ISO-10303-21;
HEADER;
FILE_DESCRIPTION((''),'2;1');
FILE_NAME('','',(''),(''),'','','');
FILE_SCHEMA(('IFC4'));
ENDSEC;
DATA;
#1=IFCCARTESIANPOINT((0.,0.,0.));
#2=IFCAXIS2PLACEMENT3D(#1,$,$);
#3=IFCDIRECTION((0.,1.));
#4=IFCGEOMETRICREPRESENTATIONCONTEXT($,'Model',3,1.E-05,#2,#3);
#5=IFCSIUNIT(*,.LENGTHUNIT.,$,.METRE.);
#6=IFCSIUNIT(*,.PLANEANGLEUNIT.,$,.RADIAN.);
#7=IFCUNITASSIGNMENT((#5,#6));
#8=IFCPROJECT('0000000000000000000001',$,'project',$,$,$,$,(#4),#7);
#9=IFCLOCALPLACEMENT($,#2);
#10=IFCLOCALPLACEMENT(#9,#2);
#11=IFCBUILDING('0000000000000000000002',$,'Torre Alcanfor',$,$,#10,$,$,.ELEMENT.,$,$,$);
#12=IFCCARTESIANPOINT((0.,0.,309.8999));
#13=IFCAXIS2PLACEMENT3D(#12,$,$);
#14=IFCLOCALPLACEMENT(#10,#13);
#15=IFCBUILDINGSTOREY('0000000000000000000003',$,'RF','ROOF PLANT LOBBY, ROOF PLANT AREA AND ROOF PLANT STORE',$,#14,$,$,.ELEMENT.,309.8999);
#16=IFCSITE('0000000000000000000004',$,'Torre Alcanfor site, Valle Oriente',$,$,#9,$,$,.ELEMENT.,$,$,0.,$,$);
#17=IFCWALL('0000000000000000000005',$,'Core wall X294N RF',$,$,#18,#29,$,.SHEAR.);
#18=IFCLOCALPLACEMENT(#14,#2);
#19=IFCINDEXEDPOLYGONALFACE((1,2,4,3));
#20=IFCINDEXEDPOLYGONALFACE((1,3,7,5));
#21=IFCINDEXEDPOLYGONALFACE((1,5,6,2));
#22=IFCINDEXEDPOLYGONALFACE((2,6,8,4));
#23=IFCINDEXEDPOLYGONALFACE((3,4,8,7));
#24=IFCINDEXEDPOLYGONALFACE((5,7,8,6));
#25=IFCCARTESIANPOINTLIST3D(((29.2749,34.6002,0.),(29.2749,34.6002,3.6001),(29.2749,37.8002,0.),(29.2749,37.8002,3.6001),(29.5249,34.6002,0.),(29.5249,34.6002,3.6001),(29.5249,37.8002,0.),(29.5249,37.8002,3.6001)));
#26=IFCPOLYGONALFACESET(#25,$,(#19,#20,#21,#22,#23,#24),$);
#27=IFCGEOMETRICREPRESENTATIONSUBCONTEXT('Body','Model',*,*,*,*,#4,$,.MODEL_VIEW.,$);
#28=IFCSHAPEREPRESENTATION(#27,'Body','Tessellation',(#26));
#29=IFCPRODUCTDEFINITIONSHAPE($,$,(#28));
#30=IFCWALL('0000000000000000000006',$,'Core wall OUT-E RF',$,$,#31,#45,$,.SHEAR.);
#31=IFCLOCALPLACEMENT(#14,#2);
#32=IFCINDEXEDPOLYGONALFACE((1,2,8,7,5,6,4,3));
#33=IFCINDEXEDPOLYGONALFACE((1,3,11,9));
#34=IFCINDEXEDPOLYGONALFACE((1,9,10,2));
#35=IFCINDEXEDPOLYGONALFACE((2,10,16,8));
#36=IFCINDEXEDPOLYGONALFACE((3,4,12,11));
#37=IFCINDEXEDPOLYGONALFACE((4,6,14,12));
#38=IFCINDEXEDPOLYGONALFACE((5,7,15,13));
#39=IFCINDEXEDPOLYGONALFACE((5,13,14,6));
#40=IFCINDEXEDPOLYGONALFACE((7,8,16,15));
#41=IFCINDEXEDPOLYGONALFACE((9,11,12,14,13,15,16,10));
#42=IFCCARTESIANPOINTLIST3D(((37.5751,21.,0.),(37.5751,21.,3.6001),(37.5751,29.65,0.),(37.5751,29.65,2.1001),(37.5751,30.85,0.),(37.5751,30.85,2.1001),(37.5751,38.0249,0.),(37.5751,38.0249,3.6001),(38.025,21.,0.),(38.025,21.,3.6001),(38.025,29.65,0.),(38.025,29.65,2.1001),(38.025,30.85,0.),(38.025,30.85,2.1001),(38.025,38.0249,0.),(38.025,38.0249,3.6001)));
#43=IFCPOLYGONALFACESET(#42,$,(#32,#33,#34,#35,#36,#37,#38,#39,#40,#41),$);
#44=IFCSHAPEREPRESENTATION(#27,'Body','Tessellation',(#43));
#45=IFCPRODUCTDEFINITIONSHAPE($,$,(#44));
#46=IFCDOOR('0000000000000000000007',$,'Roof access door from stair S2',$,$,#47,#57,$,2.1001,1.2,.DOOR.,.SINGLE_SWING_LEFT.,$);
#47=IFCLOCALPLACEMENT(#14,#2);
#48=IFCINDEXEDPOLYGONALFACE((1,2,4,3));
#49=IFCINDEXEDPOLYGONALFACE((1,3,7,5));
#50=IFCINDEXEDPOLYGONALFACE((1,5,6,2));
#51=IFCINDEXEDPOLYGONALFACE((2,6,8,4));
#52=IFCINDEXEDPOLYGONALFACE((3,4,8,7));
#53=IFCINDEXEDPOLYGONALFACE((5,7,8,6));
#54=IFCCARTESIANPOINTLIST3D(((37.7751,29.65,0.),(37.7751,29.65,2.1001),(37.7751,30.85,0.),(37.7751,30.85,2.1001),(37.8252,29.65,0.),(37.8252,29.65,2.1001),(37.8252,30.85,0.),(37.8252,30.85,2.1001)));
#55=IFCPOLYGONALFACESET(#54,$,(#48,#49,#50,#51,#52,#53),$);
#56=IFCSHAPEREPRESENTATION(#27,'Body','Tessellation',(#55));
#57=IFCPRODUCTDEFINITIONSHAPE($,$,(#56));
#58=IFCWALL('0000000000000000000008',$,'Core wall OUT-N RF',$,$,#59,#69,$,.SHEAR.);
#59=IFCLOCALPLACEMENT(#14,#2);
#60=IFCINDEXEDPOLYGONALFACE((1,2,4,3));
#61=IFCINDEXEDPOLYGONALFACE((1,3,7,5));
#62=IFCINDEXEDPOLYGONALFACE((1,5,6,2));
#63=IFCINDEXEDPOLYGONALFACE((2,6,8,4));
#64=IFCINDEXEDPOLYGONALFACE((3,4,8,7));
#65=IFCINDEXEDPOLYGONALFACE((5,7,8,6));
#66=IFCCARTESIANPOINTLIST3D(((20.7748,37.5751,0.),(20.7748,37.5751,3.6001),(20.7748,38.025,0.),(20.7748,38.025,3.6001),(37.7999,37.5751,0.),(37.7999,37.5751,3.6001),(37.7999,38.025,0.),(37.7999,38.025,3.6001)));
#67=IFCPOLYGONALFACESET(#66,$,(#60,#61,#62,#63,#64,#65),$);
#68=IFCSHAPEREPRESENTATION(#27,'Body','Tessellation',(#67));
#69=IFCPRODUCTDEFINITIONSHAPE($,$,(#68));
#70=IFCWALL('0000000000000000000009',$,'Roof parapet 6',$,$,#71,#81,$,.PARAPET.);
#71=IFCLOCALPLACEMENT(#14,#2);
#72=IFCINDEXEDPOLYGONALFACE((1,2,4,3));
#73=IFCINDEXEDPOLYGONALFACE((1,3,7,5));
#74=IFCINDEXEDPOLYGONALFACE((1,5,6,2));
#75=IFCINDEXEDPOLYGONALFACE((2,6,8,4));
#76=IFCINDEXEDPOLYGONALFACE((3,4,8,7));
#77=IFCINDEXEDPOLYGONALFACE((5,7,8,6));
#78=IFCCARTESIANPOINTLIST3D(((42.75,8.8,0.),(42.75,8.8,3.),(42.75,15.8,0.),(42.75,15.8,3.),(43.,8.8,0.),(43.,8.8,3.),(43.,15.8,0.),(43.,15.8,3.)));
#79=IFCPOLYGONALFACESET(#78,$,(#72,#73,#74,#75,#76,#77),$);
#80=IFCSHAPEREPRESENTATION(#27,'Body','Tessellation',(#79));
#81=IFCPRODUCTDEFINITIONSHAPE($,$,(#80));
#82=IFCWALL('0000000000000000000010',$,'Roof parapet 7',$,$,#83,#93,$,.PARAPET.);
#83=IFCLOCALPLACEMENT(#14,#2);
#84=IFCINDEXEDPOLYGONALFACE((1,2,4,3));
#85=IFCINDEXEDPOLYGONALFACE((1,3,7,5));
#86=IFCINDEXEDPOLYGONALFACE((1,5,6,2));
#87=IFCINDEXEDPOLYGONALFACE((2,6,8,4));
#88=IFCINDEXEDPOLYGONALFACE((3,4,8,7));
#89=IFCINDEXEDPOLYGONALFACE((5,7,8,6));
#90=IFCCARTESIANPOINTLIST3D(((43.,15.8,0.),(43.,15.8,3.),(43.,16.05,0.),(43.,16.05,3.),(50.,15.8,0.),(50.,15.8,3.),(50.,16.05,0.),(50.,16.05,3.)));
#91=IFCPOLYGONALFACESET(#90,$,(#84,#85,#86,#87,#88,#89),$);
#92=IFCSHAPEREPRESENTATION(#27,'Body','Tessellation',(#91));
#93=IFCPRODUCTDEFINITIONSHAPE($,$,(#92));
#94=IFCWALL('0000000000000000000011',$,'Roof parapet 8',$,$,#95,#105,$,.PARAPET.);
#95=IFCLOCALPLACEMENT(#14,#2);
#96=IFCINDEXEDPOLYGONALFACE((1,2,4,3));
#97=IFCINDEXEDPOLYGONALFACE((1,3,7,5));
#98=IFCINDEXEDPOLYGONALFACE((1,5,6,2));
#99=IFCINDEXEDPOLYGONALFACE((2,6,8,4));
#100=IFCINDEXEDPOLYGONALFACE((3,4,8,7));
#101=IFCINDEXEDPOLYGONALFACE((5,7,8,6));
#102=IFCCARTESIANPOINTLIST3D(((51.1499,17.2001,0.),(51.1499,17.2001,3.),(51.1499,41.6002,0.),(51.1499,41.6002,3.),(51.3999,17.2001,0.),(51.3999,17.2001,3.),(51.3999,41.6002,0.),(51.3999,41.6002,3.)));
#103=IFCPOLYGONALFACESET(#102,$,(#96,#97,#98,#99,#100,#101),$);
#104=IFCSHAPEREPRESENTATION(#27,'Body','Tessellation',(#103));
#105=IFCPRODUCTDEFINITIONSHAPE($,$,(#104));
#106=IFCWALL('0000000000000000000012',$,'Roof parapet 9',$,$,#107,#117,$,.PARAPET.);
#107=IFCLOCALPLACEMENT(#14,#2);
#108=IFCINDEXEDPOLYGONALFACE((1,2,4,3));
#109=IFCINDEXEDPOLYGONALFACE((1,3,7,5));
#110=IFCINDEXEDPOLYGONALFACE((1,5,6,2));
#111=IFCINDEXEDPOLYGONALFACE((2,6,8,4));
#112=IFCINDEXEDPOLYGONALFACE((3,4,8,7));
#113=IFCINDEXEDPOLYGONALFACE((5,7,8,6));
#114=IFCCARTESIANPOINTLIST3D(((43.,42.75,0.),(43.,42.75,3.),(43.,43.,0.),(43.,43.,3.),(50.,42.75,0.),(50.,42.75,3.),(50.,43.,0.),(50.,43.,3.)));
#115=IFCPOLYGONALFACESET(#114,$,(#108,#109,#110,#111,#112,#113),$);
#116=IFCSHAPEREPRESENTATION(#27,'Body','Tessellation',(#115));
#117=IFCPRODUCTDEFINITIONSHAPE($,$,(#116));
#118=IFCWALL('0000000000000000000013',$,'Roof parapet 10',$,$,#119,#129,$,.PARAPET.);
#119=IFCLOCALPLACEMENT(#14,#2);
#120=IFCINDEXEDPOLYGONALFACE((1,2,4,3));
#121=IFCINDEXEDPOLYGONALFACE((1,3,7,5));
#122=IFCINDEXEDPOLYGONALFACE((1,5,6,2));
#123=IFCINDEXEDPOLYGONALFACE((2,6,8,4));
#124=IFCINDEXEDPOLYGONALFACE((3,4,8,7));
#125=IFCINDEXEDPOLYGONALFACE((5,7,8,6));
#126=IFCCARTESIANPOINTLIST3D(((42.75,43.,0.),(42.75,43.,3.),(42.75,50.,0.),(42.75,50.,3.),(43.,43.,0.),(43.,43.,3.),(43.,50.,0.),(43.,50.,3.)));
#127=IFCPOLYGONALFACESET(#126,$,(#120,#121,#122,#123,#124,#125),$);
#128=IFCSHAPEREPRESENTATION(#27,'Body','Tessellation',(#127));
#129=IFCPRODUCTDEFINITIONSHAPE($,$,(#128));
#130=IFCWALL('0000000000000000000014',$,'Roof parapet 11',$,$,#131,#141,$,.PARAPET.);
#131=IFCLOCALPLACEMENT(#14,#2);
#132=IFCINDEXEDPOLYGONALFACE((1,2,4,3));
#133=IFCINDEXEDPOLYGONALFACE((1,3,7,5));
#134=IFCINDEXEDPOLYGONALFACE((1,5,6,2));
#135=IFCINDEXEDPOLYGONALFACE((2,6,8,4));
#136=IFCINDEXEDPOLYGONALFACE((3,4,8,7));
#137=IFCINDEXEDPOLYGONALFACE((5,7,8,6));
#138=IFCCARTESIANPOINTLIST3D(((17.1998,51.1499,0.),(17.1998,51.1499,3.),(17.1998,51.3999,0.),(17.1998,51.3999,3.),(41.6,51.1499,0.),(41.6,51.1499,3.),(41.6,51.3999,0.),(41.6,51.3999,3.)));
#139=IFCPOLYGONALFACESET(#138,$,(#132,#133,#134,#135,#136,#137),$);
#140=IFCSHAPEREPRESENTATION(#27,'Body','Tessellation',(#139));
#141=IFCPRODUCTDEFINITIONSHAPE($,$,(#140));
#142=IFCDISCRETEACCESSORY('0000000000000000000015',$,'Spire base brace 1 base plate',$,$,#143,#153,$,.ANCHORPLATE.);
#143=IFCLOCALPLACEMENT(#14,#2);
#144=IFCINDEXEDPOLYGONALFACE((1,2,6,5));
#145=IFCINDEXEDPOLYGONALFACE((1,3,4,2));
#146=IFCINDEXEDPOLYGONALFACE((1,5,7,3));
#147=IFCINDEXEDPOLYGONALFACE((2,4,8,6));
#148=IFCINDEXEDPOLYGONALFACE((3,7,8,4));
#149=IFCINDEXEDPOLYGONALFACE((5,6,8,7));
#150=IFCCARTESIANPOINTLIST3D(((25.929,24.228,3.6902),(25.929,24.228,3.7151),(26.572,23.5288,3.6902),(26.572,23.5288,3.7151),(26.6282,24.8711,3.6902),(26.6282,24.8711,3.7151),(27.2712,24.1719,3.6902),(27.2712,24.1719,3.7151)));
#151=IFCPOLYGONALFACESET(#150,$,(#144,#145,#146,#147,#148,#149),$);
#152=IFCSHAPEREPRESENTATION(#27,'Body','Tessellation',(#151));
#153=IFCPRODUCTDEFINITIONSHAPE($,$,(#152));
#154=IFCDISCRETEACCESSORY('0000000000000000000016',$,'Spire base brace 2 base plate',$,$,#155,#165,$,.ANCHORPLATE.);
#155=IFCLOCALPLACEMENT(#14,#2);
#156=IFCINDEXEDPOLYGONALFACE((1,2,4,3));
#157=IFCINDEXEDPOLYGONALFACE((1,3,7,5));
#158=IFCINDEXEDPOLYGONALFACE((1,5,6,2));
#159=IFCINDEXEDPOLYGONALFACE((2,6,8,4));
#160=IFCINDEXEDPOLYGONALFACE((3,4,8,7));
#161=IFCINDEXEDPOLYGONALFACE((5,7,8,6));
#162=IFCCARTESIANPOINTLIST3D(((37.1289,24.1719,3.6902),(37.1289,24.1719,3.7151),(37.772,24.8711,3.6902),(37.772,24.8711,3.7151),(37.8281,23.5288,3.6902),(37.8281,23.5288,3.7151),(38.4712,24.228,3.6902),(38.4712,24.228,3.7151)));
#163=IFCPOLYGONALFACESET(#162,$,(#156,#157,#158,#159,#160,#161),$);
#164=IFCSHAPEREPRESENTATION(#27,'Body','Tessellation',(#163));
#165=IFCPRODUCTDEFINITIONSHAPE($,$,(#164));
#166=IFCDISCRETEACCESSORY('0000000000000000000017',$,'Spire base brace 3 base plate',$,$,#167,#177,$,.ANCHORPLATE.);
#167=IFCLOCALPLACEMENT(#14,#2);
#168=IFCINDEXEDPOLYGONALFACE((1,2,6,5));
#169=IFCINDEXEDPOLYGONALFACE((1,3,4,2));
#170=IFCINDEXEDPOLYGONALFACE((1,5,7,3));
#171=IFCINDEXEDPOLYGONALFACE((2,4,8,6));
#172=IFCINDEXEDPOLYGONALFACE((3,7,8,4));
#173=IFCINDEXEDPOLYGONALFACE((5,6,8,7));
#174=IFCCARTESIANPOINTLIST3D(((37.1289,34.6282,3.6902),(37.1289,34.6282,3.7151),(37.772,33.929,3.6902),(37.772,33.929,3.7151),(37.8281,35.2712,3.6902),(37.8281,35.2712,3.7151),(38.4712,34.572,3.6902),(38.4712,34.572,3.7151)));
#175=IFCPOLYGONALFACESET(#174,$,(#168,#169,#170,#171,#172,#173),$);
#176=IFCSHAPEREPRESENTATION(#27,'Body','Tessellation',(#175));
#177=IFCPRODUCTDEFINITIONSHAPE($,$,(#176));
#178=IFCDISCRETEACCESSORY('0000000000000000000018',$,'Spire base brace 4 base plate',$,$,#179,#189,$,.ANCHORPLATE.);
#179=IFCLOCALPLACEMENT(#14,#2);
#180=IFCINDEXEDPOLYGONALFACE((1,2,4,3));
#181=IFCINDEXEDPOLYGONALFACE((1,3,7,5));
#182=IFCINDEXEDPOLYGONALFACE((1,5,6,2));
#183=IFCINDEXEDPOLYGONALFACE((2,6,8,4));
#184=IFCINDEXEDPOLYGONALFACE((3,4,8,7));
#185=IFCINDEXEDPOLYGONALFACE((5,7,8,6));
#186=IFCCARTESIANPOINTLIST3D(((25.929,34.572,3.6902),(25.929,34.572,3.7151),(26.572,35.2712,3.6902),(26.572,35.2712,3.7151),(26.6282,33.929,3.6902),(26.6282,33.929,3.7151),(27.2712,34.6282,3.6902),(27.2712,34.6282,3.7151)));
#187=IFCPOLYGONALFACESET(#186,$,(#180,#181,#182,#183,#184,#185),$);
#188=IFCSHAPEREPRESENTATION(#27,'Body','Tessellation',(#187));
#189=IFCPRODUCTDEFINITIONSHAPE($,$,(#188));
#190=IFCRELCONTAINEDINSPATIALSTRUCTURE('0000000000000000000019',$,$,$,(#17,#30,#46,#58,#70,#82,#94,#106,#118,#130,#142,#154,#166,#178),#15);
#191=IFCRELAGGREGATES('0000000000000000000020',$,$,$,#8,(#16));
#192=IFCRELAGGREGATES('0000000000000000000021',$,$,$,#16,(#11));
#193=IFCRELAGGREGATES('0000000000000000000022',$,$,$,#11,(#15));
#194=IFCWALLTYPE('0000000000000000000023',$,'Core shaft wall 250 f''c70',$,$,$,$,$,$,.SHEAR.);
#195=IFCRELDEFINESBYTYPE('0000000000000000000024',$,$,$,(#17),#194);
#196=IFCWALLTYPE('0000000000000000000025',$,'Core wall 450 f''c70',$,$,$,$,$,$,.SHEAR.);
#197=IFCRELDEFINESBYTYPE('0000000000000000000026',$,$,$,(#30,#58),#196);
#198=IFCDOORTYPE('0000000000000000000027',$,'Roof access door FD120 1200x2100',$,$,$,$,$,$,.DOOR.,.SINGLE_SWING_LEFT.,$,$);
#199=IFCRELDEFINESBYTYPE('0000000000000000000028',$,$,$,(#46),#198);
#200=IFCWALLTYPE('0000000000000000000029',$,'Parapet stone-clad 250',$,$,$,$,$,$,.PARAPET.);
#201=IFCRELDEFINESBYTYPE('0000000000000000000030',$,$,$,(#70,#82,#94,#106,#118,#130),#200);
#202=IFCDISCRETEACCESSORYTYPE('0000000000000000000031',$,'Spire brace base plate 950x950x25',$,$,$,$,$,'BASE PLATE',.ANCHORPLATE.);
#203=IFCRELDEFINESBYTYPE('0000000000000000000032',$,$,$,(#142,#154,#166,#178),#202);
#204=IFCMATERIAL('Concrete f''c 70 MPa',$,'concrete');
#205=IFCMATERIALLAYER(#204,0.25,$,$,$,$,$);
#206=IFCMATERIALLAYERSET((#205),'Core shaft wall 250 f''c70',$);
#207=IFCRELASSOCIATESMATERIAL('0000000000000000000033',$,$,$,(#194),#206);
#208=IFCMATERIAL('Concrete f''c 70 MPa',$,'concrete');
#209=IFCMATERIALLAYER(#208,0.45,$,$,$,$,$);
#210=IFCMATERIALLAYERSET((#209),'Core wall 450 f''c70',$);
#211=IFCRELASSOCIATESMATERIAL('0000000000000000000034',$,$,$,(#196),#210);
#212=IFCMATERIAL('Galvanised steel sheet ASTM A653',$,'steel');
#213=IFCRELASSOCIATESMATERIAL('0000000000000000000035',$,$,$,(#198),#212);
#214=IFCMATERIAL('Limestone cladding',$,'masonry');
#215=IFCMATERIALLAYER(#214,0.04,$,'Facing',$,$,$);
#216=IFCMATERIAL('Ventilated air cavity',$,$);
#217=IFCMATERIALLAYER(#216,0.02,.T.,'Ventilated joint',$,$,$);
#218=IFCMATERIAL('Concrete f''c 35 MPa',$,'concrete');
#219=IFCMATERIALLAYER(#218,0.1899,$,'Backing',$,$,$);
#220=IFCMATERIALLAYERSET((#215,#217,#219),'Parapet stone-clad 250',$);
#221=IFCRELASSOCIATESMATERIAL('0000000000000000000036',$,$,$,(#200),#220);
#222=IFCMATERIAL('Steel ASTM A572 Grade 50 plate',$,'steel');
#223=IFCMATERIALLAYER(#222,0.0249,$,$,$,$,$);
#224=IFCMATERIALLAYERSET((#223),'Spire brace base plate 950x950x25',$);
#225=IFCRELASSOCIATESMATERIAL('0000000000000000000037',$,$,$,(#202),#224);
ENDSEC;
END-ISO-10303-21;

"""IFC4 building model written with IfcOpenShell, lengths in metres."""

from ifc_helpers import new_model, si_unit, direction, frame, frame_2d, origin, origin_2d, place, context, subcontext, project, spatial, rectangle, extrude, material, layer, layer_set, type_object, element, fill, save


model = new_model("IFC4")

# Units and contexts
model_context = context("Model", 3, precision=1e-05, world=origin(), true_north=direction((0.0, 1.0)))
body_context = subcontext(model_context, "Body", "Model", "MODEL_VIEW")
ifc_project = project(units=[si_unit("LENGTHUNIT", "METRE"), si_unit("PLANEANGLEUNIT", "RADIAN")], contexts=[model_context])

# Site, building, storey
site_placement = place(None, origin())
site = spatial("IfcSite", under=ifc_project, at=site_placement, Name="Torre Alcanfor site, Valle Oriente", CompositionType="ELEMENT", RefElevation=0.0)
building_placement = place(site_placement, origin())
building = spatial("IfcBuilding", under=site, at=building_placement, Name="Torre Alcanfor", CompositionType="ELEMENT")
storey_placement = place(building_placement, frame((0.0, 0.0, 309.8999)))
storey = spatial("IfcBuildingStorey", under=building, at=storey_placement, Name="RF", Description="ROOF PLANT LOBBY, ROOF PLANT AREA AND ROOF PLANT STORE", CompositionType="ELEMENT", Elevation=309.8999)

# Wall
ifc_material_1 = material(Name="Concrete f'c 70 MPa", Category="concrete")
ifc_layer_1 = layer(ifc_material_1, 0.25)
ifc_layer_set_1 = layer_set([ifc_layer_1], Name="Core shaft wall 250 f'c70")
wall_type_1 = type_object("IfcWallType", Name="Core shaft wall 250 f'c70", PredefinedType="SHEAR", material=ifc_layer_set_1)
for number, where, z_axis, x_axis, name in (
    (1, (29.3999, 34.6001, 0.0), (0.0, 0.0, 1.0), (0.0, 1.0, 0.0), "Core wall X294N RF"),
):
    element("IfcWall", number, at=place(storey_placement, frame(where, z_axis=z_axis, x_axis=x_axis)), inside=storey, type_object=wall_type_1, Name=name, PredefinedType="SHEAR", context=body_context, shape_type="SweptSolid", body=[
        extrude(rectangle(XDim=3.2, YDim=0.25, at=frame_2d((1.6001, 0.0))), origin(), (0.0, 0.0, 1.0), 3.6001),
    ])

# Wall, opening, door
ifc_material_2 = material(Name="Concrete f'c 70 MPa", Category="concrete")
ifc_layer_2 = layer(ifc_material_2, 0.45)
ifc_layer_set_2 = layer_set([ifc_layer_2], Name="Core wall 450 f'c70")
wall_type_2 = type_object("IfcWallType", Name="Core wall 450 f'c70", PredefinedType="SHEAR", material=ifc_layer_set_2)
wall_1_placement = place(storey_placement, frame((37.8, 21.0, 0.0), z_axis=(0.0, 0.0, 1.0), x_axis=(0.0, 1.0, 0.0)))
wall_1 = element("IfcWall", 2, at=wall_1_placement, inside=storey, type_object=wall_type_2, Name="Core wall OUT-E RF", PredefinedType="SHEAR", context=body_context, shape_type="SweptSolid", body=[
    extrude(rectangle(XDim=17.0249, YDim=0.45, at=frame_2d((8.5125, 0.0))), origin(), (0.0, 0.0, 1.0), 3.6001),
])
opening_1_placement = place(wall_1_placement, frame((8.6499, 0.0, 0.0)))
opening_1 = element("IfcOpeningElement", 3, at=opening_1_placement, cuts=wall_1, PredefinedType="OPENING", context=body_context, shape_type="SweptSolid", body=[
    extrude(rectangle(XDim=1.2, YDim=2.1001, at=frame_2d((0.6001, 1.05))), frame((0.0, 0.2349, 0.0), z_axis=(0.0, -1.0, 0.0), x_axis=(1.0, 0.0, 0.0)), (0.0, 0.0, 1.0), 0.47),
])
ifc_material_3 = material(Name="Galvanised steel sheet ASTM A653", Category="steel")
door_type_1 = type_object("IfcDoorType", Name="Roof access door FD120 1200x2100", OperationType="SINGLE_SWING_LEFT", PredefinedType="DOOR", material=ifc_material_3)
door_1_placement = place(opening_1_placement, origin())
door_1 = element("IfcDoor", 4, at=door_1_placement, inside=storey, type_object=door_type_1, Name="Roof access door from stair S2", OperationType="SINGLE_SWING_LEFT", OverallHeight=2.1001, OverallWidth=1.2, PredefinedType="DOOR", context=body_context, shape_type="SweptSolid", body=[
    extrude(rectangle(XDim=1.2, YDim=2.1001, at=frame_2d((0.6001, 1.05))), frame((0.0, 0.0249, 0.0), z_axis=(0.0, -1.0, 0.0), x_axis=(1.0, 0.0, 0.0)), (0.0, 0.0, 1.0), 0.05),
])
fill(opening_1, door_1)

# Walls
wall_2_placement = place(storey_placement, frame((37.8, 37.8, 0.0), z_axis=(0.0, 0.0, 1.0), x_axis=(-1.0, 0.0, 0.0)))
element("IfcWall", 5, at=wall_2_placement, inside=storey, type_object=wall_type_2, Name="Core wall OUT-N RF", PredefinedType="SHEAR", context=body_context, shape_type="SweptSolid", body=[
    extrude(rectangle(XDim=17.0251, YDim=0.45, at=frame_2d((8.5127, 0.0))), origin(), (0.0, 0.0, 1.0), 3.6001),
])
ifc_material_4 = material(Name="Limestone cladding", Category="masonry")
ifc_layer_3 = layer(ifc_material_4, 0.04, Name="Facing")
ifc_material_5 = material(Name="Ventilated air cavity")
ifc_layer_4 = layer(ifc_material_5, 0.02, ventilated=True, Name="Ventilated joint")
ifc_material_6 = material(Name="Concrete f'c 35 MPa", Category="concrete")
ifc_layer_5 = layer(ifc_material_6, 0.1899, Name="Backing")
ifc_layer_set_3 = layer_set([ifc_layer_3, ifc_layer_4, ifc_layer_5], Name="Parapet stone-clad 250")
wall_type_3 = type_object("IfcWallType", Name="Parapet stone-clad 250", PredefinedType="PARAPET", material=ifc_layer_set_3)
for number, where, z_axis, x_axis, name in (
    (6, (42.875, 8.8, 0.0), (0.0, 0.0, 1.0), (0.0, 1.0, 0.0), "Roof parapet 6"),
    (7, (43.0, 15.925, 0.0), (0.0, 0.0, 1.0), (1.0, 0.0, 0.0), "Roof parapet 7"),
):
    element("IfcWall", number, at=place(storey_placement, frame(where, z_axis=z_axis, x_axis=x_axis)), inside=storey, type_object=wall_type_3, Name=name, PredefinedType="PARAPET", context=body_context, shape_type="SweptSolid", body=[
        extrude(rectangle(XDim=7.0, YDim=0.25, at=frame_2d((3.5, 0.0))), origin(), (0.0, 0.0, 1.0), 3.0),
    ])
wall_3_placement = place(storey_placement, frame((51.2749, 17.2, 0.0), z_axis=(0.0, 0.0, 1.0), x_axis=(0.0, 1.0, 0.0)))
element("IfcWall", 8, at=wall_3_placement, inside=storey, type_object=wall_type_3, Name="Roof parapet 8", PredefinedType="PARAPET", context=body_context, shape_type="SweptSolid", body=[
    extrude(rectangle(XDim=24.4001, YDim=0.25, at=frame_2d((12.2002, 0.0))), origin(), (0.0, 0.0, 1.0), 3.0),
])
for number, where, z_axis, x_axis, name in (
    (9, (50.0, 42.875, 0.0), (0.0, 0.0, 1.0), (-1.0, 0.0, 0.0), "Roof parapet 9"),
    (10, (42.875, 43.0, 0.0), (0.0, 0.0, 1.0), (0.0, 1.0, 0.0), "Roof parapet 10"),
):
    element("IfcWall", number, at=place(storey_placement, frame(where, z_axis=z_axis, x_axis=x_axis)), inside=storey, type_object=wall_type_3, Name=name, PredefinedType="PARAPET", context=body_context, shape_type="SweptSolid", body=[
        extrude(rectangle(XDim=7.0, YDim=0.25, at=frame_2d((3.5, 0.0))), origin(), (0.0, 0.0, 1.0), 3.0),
    ])
wall_4_placement = place(storey_placement, frame((41.6001, 51.2749, 0.0), z_axis=(0.0, 0.0, 1.0), x_axis=(-1.0, 0.0, 0.0)))
element("IfcWall", 11, at=wall_4_placement, inside=storey, type_object=wall_type_3, Name="Roof parapet 11", PredefinedType="PARAPET", context=body_context, shape_type="SweptSolid", body=[
    extrude(rectangle(XDim=24.4001, YDim=0.25, at=frame_2d((12.2002, 0.0))), origin(), (0.0, 0.0, 1.0), 3.0),
])

# Discrete accessories
ifc_material_7 = material(Name="Steel ASTM A572 Grade 50 plate", Category="steel")
ifc_layer_6 = layer(ifc_material_7, 0.0249)
ifc_layer_set_4 = layer_set([ifc_layer_6], Name="Spire brace base plate 950x950x25")
discrete_accessory_type_1 = type_object("IfcDiscreteAccessoryType", Name="Spire brace base plate 950x950x25", ElementType="BASE PLATE", PredefinedType="ANCHORPLATE", material=ifc_layer_set_4)
for number, where, z_axis, x_axis, name in (
    (12, (26.6001, 24.2, 3.6902), (0.0, 0.0, 1.0), (0.73605, 0.676927, 0.0), "Spire base brace 1 base plate"),
    (13, (37.8, 24.2, 3.6902), (0.0, 0.0, 1.0), (-0.73605, 0.676927, 0.0), "Spire base brace 2 base plate"),
    (14, (37.8, 34.6001, 3.6902), (0.0, 0.0, 1.0), (-0.73605, -0.676927, 0.0), "Spire base brace 3 base plate"),
    (15, (26.6001, 34.6001, 3.6902), (0.0, 0.0, 1.0), (0.73605, -0.676927, 0.0), "Spire base brace 4 base plate"),
):
    element("IfcDiscreteAccessory", number, at=place(storey_placement, frame(where, z_axis=z_axis, x_axis=x_axis)), inside=storey, type_object=discrete_accessory_type_1, Name=name, PredefinedType="ANCHORPLATE", context=body_context, shape_type="SweptSolid", body=[
        extrude(rectangle(XDim=0.95, YDim=0.95, at=origin_2d()), origin(), (0.0, 0.0, 1.0), 0.0249),
    ])

save(model, "model.ifc")
